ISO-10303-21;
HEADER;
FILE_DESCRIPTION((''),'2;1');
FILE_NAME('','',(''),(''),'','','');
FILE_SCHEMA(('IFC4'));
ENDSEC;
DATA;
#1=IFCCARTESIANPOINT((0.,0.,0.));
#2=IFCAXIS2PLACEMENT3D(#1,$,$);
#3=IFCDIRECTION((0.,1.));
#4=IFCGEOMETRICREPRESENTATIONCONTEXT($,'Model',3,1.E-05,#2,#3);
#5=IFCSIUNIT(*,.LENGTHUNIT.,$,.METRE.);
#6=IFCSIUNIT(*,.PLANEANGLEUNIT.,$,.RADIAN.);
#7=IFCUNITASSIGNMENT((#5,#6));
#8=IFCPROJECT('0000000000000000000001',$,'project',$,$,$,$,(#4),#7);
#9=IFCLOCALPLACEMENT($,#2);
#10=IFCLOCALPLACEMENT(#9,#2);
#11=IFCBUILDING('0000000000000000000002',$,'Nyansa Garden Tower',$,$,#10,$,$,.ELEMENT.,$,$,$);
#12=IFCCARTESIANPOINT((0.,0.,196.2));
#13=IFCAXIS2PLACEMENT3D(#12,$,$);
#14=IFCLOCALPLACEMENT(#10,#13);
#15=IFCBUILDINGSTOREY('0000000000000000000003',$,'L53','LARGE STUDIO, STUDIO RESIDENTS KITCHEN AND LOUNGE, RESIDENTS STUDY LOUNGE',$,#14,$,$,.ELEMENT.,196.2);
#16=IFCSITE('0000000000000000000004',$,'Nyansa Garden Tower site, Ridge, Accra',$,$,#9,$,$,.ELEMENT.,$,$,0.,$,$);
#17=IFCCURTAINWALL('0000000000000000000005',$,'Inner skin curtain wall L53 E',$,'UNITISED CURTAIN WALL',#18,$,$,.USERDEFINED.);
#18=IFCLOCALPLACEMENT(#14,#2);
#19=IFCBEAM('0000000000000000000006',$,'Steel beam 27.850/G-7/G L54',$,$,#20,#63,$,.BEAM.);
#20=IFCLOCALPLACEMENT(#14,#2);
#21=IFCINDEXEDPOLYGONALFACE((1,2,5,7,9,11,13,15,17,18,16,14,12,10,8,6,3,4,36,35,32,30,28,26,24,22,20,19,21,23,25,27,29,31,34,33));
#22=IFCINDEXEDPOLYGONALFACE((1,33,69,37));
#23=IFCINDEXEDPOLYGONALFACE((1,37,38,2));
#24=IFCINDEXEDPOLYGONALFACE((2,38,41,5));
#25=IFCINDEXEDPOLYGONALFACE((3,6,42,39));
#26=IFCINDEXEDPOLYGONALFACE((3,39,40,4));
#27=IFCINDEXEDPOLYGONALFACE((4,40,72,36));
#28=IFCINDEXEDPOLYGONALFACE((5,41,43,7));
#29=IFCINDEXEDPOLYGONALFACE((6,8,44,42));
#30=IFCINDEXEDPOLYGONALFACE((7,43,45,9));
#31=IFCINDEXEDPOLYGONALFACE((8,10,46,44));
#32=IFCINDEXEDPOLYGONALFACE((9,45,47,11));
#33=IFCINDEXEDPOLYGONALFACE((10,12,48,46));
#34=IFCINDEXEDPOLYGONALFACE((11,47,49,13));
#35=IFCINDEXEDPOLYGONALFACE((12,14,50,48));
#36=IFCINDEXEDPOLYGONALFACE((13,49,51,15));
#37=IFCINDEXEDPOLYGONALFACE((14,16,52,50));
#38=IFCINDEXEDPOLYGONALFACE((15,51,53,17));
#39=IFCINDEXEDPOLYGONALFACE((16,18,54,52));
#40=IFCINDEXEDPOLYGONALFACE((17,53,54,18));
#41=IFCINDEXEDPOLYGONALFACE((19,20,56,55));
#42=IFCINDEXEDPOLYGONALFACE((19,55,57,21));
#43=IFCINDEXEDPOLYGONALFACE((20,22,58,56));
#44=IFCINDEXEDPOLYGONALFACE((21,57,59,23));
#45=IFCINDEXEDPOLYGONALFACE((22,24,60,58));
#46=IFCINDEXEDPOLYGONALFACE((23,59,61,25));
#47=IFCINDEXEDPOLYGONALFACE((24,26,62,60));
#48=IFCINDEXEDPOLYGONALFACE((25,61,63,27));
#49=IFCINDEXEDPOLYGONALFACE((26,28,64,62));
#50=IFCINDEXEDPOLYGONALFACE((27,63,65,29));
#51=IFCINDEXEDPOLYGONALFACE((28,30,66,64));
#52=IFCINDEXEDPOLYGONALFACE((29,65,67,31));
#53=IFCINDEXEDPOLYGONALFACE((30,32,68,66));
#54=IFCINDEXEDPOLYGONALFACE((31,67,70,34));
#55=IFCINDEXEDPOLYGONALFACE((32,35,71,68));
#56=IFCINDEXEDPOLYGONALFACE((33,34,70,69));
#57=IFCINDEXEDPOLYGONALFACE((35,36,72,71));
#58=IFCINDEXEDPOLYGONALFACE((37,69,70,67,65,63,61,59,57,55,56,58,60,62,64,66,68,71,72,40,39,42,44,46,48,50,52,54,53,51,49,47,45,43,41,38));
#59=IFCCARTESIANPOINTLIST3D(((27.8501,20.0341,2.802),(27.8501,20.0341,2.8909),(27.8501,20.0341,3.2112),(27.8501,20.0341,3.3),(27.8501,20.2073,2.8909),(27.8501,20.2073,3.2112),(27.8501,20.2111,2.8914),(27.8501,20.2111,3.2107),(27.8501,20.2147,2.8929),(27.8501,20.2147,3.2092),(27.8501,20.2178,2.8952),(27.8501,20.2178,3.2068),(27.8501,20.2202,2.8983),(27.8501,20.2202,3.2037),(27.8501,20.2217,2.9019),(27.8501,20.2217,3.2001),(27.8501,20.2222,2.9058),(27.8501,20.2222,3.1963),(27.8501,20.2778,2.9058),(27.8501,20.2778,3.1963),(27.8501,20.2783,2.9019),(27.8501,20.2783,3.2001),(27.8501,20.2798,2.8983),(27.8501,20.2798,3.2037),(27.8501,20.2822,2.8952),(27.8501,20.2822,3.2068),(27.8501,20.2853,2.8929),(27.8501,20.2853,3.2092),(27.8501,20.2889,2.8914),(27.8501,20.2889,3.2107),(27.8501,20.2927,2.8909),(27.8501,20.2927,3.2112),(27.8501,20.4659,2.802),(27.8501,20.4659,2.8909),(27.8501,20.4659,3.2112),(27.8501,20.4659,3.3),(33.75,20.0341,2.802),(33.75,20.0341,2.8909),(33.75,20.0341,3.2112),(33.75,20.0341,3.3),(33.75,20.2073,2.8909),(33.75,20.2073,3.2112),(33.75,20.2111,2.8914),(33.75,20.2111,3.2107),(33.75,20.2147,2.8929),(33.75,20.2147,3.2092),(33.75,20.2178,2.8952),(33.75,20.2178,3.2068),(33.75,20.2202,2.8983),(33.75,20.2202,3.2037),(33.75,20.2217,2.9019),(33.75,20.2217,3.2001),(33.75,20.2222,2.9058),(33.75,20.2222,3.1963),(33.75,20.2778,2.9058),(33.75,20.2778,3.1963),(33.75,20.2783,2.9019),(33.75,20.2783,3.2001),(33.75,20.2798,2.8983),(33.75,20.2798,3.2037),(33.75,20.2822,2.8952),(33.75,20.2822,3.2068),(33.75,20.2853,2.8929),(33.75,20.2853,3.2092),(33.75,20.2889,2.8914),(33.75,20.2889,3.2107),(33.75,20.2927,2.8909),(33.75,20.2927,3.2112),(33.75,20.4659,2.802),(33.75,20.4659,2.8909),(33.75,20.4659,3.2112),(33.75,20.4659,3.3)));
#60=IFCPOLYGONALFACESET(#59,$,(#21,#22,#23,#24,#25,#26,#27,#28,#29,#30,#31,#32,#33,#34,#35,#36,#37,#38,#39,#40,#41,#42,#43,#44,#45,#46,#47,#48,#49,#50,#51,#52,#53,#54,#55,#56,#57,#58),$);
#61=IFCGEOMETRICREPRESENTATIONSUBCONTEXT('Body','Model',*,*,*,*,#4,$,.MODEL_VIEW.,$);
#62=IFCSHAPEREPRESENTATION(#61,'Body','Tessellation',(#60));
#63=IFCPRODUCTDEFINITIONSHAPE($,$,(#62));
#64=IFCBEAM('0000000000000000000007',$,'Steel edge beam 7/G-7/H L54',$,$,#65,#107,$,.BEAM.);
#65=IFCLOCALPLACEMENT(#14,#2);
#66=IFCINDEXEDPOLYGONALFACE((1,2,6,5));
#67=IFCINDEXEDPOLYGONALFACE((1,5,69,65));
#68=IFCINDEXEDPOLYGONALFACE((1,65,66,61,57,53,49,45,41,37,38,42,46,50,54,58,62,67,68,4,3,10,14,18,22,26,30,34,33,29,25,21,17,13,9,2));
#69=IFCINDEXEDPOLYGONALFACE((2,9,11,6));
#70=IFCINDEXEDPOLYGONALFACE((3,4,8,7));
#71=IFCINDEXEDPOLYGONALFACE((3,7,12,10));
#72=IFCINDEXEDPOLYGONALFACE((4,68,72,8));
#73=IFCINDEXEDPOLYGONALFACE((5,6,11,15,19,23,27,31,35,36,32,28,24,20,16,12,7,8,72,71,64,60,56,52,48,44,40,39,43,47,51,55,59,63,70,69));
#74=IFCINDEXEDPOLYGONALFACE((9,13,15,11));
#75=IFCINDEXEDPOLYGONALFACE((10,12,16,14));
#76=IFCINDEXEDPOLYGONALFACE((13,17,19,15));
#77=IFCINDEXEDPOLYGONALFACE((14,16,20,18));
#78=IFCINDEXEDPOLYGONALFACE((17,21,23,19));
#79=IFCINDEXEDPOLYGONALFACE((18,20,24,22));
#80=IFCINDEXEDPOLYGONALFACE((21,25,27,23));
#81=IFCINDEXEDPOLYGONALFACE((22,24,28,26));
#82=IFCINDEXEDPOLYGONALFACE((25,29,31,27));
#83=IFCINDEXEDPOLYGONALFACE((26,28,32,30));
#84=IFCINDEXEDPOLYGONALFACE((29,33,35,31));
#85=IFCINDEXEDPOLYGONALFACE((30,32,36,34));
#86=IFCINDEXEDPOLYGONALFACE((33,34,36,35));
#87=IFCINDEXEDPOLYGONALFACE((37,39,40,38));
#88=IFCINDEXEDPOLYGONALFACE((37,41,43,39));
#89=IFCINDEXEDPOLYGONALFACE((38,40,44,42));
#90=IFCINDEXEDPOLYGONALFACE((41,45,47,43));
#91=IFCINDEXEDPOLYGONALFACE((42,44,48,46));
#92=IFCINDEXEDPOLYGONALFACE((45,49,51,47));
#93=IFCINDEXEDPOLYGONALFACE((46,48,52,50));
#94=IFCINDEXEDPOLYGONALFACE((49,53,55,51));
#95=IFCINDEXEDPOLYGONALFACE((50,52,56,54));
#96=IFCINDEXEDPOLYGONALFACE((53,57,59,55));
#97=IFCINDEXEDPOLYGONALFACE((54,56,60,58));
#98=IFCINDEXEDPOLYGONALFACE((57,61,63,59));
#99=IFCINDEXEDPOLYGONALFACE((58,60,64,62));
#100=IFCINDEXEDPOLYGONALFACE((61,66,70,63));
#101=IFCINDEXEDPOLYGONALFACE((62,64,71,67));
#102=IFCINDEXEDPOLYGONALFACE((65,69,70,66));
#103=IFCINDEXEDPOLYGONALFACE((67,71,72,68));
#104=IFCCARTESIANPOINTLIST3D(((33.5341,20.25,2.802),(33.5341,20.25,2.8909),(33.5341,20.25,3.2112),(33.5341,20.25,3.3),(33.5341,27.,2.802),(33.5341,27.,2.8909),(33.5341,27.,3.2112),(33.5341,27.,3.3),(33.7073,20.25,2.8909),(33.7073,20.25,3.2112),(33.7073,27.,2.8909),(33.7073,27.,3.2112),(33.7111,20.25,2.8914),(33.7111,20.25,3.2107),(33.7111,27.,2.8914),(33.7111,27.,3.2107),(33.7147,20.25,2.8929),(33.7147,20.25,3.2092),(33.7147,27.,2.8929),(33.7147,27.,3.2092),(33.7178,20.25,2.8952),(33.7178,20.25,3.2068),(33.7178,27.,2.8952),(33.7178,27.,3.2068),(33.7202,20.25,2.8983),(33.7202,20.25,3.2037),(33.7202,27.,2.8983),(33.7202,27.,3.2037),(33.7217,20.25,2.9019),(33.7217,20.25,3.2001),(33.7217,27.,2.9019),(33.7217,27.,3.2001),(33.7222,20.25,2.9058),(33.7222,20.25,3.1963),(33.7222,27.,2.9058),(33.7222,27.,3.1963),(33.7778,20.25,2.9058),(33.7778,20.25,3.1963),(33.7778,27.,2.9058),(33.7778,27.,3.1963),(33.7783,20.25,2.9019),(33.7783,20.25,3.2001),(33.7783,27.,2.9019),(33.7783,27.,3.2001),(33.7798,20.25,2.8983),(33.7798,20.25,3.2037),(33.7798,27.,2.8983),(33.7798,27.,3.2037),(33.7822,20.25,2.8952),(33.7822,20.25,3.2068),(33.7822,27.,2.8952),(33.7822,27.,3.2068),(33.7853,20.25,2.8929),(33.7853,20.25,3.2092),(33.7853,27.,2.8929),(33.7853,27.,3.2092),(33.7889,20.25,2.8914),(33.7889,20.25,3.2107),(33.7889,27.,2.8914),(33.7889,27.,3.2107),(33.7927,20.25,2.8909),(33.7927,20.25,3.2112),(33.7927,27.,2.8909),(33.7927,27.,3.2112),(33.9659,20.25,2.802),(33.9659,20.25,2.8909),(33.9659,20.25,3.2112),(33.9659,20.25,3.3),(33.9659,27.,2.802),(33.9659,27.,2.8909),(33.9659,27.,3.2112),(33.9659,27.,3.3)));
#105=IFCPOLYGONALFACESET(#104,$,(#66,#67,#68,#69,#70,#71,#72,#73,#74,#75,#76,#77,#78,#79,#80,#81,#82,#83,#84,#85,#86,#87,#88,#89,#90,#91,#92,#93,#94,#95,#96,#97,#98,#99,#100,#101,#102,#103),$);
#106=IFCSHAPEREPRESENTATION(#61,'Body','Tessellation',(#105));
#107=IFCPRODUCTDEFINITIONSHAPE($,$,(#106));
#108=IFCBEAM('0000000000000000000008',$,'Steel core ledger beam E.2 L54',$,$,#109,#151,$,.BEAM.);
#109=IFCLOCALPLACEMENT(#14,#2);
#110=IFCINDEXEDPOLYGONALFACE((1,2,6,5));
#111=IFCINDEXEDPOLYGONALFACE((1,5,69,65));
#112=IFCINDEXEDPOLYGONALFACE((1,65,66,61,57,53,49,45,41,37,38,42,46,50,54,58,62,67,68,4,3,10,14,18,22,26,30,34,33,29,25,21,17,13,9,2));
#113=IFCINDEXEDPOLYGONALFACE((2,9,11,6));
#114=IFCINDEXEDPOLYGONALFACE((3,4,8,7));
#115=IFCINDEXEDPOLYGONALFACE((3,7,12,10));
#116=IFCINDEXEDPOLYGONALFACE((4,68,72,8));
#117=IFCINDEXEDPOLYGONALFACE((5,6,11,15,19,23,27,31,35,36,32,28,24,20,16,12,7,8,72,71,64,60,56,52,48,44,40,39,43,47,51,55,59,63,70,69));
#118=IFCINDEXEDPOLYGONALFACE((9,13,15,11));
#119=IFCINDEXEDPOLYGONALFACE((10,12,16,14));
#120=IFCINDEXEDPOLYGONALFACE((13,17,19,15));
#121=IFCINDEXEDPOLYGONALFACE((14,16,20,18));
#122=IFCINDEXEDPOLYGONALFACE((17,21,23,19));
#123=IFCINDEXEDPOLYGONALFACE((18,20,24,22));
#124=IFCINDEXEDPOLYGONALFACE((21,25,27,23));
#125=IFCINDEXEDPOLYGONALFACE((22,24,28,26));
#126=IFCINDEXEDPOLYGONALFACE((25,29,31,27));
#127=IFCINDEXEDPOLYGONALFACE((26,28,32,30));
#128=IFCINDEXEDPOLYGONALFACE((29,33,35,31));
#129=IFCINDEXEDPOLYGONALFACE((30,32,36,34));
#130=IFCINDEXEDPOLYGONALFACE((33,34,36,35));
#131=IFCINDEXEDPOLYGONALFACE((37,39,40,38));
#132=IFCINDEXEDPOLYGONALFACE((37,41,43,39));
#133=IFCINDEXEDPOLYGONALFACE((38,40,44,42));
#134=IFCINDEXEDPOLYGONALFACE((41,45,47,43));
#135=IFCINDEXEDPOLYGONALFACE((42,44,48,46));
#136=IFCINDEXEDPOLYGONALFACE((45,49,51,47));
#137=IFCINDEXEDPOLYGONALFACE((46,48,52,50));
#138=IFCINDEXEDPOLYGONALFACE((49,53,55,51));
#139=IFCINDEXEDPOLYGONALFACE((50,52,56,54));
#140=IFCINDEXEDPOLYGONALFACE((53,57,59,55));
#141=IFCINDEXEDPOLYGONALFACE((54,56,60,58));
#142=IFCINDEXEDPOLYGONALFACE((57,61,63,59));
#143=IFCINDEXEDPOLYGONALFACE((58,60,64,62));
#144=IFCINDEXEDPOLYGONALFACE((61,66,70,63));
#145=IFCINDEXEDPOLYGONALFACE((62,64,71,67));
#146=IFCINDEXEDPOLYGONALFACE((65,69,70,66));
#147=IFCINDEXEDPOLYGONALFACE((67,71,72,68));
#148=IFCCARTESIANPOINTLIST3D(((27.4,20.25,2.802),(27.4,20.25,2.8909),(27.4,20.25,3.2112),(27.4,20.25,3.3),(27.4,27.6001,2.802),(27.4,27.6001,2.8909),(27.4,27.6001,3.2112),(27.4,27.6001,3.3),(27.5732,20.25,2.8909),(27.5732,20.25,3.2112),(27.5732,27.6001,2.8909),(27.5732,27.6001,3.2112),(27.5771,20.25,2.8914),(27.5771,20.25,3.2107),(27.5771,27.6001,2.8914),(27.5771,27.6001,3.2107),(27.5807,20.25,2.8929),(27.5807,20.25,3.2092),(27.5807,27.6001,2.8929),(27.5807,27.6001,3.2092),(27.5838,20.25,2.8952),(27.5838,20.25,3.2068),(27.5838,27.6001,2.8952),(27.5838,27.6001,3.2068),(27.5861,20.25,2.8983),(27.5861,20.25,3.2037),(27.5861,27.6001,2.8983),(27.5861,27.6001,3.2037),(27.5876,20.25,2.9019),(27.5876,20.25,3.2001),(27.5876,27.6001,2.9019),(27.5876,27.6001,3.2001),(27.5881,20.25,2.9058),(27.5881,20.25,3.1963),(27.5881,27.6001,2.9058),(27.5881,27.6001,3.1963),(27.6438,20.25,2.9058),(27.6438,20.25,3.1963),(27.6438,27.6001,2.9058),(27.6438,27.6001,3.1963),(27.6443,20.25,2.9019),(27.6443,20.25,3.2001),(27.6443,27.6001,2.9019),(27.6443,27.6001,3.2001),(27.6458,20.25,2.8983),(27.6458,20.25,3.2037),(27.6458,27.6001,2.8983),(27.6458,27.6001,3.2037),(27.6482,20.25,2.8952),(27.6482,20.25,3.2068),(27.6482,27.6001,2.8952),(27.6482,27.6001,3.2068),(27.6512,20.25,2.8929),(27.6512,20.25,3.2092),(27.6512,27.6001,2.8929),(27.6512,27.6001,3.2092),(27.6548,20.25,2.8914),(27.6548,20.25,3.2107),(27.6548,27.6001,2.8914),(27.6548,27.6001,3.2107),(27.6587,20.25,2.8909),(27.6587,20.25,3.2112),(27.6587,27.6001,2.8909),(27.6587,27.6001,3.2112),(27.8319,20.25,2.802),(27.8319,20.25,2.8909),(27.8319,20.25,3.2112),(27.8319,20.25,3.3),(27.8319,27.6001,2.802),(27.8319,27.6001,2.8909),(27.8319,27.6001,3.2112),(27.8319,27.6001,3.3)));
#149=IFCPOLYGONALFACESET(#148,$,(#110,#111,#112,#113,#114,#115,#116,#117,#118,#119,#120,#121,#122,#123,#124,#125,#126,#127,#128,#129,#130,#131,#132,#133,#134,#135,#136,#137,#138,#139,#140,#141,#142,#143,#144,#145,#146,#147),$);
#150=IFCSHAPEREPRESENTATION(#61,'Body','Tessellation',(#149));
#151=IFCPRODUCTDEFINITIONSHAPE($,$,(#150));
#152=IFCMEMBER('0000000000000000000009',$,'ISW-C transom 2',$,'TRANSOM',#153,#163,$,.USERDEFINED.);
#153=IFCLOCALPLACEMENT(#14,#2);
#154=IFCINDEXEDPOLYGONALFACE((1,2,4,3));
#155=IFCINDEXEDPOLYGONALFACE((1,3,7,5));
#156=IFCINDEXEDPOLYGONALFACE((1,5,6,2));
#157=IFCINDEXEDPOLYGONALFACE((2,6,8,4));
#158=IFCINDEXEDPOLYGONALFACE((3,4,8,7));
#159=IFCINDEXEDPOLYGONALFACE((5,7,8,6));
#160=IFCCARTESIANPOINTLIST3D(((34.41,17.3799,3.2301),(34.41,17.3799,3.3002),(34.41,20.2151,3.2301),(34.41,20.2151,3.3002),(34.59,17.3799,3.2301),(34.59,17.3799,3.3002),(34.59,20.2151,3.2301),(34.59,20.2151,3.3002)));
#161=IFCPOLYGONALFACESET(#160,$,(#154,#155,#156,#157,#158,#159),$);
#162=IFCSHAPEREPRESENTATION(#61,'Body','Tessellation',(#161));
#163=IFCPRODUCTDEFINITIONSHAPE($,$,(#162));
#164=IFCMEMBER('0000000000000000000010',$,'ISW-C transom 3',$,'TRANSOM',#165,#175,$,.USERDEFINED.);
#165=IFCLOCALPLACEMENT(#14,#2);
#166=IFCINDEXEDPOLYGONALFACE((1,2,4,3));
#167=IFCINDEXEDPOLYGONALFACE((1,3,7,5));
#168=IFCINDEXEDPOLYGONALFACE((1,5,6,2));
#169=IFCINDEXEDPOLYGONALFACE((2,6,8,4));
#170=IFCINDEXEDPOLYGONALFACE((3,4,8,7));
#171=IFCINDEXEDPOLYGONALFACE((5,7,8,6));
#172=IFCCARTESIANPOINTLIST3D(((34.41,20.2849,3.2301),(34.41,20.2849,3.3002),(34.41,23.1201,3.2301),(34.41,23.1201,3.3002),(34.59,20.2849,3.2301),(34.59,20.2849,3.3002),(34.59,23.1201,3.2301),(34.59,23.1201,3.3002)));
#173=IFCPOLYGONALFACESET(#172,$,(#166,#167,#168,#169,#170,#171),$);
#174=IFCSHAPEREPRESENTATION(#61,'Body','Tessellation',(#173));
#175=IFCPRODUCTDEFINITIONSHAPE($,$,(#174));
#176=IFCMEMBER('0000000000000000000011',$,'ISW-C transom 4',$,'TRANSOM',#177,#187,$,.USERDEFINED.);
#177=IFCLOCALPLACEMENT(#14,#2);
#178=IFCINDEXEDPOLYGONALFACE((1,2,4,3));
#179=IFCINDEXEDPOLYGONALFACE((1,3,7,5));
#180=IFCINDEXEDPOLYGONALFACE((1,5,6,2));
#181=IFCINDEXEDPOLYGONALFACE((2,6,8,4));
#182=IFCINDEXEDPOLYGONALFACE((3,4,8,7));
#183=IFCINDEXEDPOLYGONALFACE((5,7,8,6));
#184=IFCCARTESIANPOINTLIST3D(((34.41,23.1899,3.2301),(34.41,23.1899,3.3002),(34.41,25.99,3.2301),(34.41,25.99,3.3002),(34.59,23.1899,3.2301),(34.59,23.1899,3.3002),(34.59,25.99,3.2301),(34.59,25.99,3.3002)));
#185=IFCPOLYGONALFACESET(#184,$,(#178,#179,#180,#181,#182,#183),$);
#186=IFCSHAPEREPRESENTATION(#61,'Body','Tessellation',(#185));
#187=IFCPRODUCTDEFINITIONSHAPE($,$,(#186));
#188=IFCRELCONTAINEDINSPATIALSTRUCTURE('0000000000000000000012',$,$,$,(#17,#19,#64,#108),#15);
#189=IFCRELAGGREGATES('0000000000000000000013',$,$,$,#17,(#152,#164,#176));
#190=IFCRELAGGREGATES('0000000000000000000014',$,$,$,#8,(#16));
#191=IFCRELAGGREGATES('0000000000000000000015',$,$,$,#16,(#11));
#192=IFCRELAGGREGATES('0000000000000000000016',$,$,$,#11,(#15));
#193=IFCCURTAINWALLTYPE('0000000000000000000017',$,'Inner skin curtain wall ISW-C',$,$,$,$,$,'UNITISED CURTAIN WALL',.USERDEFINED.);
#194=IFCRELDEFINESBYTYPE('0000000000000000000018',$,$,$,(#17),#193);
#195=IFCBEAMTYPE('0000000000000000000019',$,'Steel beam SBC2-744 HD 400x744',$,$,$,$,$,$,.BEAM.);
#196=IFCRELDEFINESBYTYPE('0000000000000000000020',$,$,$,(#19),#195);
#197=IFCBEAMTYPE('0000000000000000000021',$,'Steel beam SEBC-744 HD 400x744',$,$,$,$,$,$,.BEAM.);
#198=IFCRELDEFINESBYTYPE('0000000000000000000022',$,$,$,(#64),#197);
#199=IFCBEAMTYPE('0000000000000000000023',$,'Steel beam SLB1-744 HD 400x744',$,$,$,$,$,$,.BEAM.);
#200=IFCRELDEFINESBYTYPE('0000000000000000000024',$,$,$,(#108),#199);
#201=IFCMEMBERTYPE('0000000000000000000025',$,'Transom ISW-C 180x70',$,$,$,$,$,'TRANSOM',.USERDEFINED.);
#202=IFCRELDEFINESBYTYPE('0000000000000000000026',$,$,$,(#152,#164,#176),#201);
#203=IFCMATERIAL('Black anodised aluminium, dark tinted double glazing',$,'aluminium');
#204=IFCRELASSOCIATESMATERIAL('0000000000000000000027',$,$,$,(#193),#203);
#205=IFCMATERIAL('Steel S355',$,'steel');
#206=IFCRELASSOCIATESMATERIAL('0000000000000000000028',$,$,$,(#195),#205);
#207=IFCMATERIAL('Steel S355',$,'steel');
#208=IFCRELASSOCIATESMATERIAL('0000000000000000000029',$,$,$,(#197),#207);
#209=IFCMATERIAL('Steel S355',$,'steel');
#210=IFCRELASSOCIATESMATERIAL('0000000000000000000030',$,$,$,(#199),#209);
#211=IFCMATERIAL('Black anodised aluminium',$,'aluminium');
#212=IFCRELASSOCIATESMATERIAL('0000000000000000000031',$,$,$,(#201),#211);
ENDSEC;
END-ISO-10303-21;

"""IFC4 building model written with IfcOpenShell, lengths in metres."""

from ifc_helpers import new_model, si_unit, direction, frame, origin, origin_2d, place, context, subcontext, project, spatial, rectangle, i_section, extrude, material, material_profile, profile_set, type_object, element, aggregate, save


model = new_model("IFC4")

# Units and contexts
model_context = context("Model", 3, precision=1e-05, world=origin(), true_north=direction((0.0, 1.0)))
body_context = subcontext(model_context, "Body", "Model", "MODEL_VIEW")
ifc_project = project(units=[si_unit("LENGTHUNIT", "METRE"), si_unit("PLANEANGLEUNIT", "RADIAN")], contexts=[model_context])

# Site, building, storey
site_placement = place(None, origin())
site = spatial("IfcSite", under=ifc_project, at=site_placement, Name="Nyansa Garden Tower site, Ridge, Accra", CompositionType="ELEMENT", RefElevation=0.0)
building_placement = place(site_placement, origin())
building = spatial("IfcBuilding", under=site, at=building_placement, Name="Nyansa Garden Tower", CompositionType="ELEMENT")
storey_placement = place(building_placement, frame((0.0, 0.0, 196.2)))
storey = spatial("IfcBuildingStorey", under=building, at=storey_placement, Name="L53", Description="LARGE STUDIO, STUDIO RESIDENTS KITCHEN AND LOUNGE, RESIDENTS STUDY LOUNGE", CompositionType="ELEMENT", Elevation=196.2)

# Curtain wall
ifc_material_1 = material(Name="Black anodised aluminium, dark tinted double glazing", Category="aluminium")
curtain_wall_type = type_object("IfcCurtainWallType", Name="Inner skin curtain wall ISW-C", ElementType="UNITISED CURTAIN WALL", PredefinedType="USERDEFINED", material=ifc_material_1)
curtain_wall_placement = place(storey_placement, origin())
curtain_wall = element("IfcCurtainWall", 1, at=curtain_wall_placement, inside=storey, type_object=curtain_wall_type, Name="Inner skin curtain wall L53 E", ObjectType="UNITISED CURTAIN WALL", PredefinedType="USERDEFINED")

# Beams
ifc_material_2 = material(Name="Steel S355", Category="steel")
ifc_material_profile_1 = material_profile(ifc_material_2, i_section(OverallWidth=0.4319, OverallDepth=0.498, WebThickness=0.0557, FlangeThickness=0.0889, FilletRadius=0.0149, at=origin_2d()), Name="HD 400x744")
ifc_profile_set_1 = profile_set([ifc_material_profile_1], Name="Steel S355")
beam_type_1 = type_object("IfcBeamType", Name="Steel beam SBC2-744 HD 400x744", PredefinedType="BEAM", material=ifc_profile_set_1)
beam_1_placement = place(storey_placement, frame((27.8501, 20.25, 3.051), z_axis=(1.0, 0.0, 0.0), x_axis=(0.0, 1.0, 0.0)))
element("IfcBeam", 2, at=beam_1_placement, inside=storey, type_object=beam_type_1, Name="Steel beam 27.850/G-7/G L54", PredefinedType="BEAM", context=body_context, shape_type="SweptSolid", body=[
    extrude(i_section(OverallWidth=0.4319, OverallDepth=0.498, WebThickness=0.0557, FlangeThickness=0.0889, FilletRadius=0.0149, at=origin_2d()), origin(), (0.0, 0.0, 1.0), 5.8999),
])
ifc_material_3 = material(Name="Steel S355", Category="steel")
ifc_material_profile_2 = material_profile(ifc_material_3, i_section(OverallWidth=0.4319, OverallDepth=0.498, WebThickness=0.0557, FlangeThickness=0.0889, FilletRadius=0.0149, at=origin_2d()), Name="HD 400x744")
ifc_profile_set_2 = profile_set([ifc_material_profile_2], Name="Steel S355")
beam_type_2 = type_object("IfcBeamType", Name="Steel beam SEBC-744 HD 400x744", PredefinedType="BEAM", material=ifc_profile_set_2)
beam_2_placement = place(storey_placement, frame((33.75, 20.25, 3.051), z_axis=(0.0, 1.0, 0.0), x_axis=(-1.0, 0.0, 0.0)))
element("IfcBeam", 3, at=beam_2_placement, inside=storey, type_object=beam_type_2, Name="Steel edge beam 7/G-7/H L54", PredefinedType="BEAM", context=body_context, shape_type="SweptSolid", body=[
    extrude(i_section(OverallWidth=0.4319, OverallDepth=0.498, WebThickness=0.0557, FlangeThickness=0.0889, FilletRadius=0.0149, at=origin_2d()), origin(), (0.0, 0.0, 1.0), 6.75),
])
ifc_material_4 = material(Name="Steel S355", Category="steel")
ifc_material_profile_3 = material_profile(ifc_material_4, i_section(OverallWidth=0.4319, OverallDepth=0.498, WebThickness=0.0557, FlangeThickness=0.0889, FilletRadius=0.0149, at=origin_2d()), Name="HD 400x744")
ifc_profile_set_3 = profile_set([ifc_material_profile_3], Name="Steel S355")
beam_type_3 = type_object("IfcBeamType", Name="Steel beam SLB1-744 HD 400x744", PredefinedType="BEAM", material=ifc_profile_set_3)
beam_3_placement = place(storey_placement, frame((27.616, 20.25, 3.051), z_axis=(0.0, 1.0, 0.0), x_axis=(-1.0, 0.0, 0.0)))
element("IfcBeam", 4, at=beam_3_placement, inside=storey, type_object=beam_type_3, Name="Steel core ledger beam E.2 L54", PredefinedType="BEAM", context=body_context, shape_type="SweptSolid", body=[
    extrude(i_section(OverallWidth=0.4319, OverallDepth=0.498, WebThickness=0.0557, FlangeThickness=0.0889, FilletRadius=0.0149, at=origin_2d()), origin(), (0.0, 0.0, 1.0), 7.3501),
])

# Members
ifc_material_5 = material(Name="Black anodised aluminium", Category="aluminium")
ifc_material_profile_4 = material_profile(ifc_material_5, rectangle(XDim=0.1799, YDim=0.0701, at=origin_2d()), Name="Transom 180x70")
ifc_profile_set_4 = profile_set([ifc_material_profile_4], Name="Black anodised aluminium")
member_type_1 = type_object("IfcMemberType", Name="Transom ISW-C 180x70", ElementType="TRANSOM", PredefinedType="USERDEFINED", material=ifc_profile_set_4)
member_1_placement = place(storey_placement, frame((34.5, 17.3799, 3.2651), z_axis=(0.0, 1.0, 0.0), x_axis=(-1.0, 0.0, 0.0)))
member_1 = element("IfcMember", 5, at=member_1_placement, type_object=member_type_1, Name="ISW-C transom 2", ObjectType="TRANSOM", PredefinedType="USERDEFINED", context=body_context, shape_type="SweptSolid", body=[
    extrude(rectangle(XDim=0.1799, YDim=0.0701, at=origin_2d()), origin(), (0.0, 0.0, 1.0), 2.8352),
])
member_2_placement = place(storey_placement, frame((34.5, 20.2849, 3.2651), z_axis=(0.0, 1.0, 0.0), x_axis=(-1.0, 0.0, 0.0)))
member_2 = element("IfcMember", 6, at=member_2_placement, type_object=member_type_1, Name="ISW-C transom 3", ObjectType="TRANSOM", PredefinedType="USERDEFINED", context=body_context, shape_type="SweptSolid", body=[
    extrude(rectangle(XDim=0.1799, YDim=0.0701, at=origin_2d()), origin(), (0.0, 0.0, 1.0), 2.8352),
])
member_3_placement = place(storey_placement, frame((34.5, 23.1899, 3.2651), z_axis=(0.0, 1.0, 0.0), x_axis=(-1.0, 0.0, 0.0)))
member_3 = element("IfcMember", 7, at=member_3_placement, type_object=member_type_1, Name="ISW-C transom 4", ObjectType="TRANSOM", PredefinedType="USERDEFINED", context=body_context, shape_type="SweptSolid", body=[
    extrude(rectangle(XDim=0.1799, YDim=0.0701, at=origin_2d()), origin(), (0.0, 0.0, 1.0), 2.8),
])

aggregate(curtain_wall, [member_1, member_2, member_3])

save(model, "model.ifc")
